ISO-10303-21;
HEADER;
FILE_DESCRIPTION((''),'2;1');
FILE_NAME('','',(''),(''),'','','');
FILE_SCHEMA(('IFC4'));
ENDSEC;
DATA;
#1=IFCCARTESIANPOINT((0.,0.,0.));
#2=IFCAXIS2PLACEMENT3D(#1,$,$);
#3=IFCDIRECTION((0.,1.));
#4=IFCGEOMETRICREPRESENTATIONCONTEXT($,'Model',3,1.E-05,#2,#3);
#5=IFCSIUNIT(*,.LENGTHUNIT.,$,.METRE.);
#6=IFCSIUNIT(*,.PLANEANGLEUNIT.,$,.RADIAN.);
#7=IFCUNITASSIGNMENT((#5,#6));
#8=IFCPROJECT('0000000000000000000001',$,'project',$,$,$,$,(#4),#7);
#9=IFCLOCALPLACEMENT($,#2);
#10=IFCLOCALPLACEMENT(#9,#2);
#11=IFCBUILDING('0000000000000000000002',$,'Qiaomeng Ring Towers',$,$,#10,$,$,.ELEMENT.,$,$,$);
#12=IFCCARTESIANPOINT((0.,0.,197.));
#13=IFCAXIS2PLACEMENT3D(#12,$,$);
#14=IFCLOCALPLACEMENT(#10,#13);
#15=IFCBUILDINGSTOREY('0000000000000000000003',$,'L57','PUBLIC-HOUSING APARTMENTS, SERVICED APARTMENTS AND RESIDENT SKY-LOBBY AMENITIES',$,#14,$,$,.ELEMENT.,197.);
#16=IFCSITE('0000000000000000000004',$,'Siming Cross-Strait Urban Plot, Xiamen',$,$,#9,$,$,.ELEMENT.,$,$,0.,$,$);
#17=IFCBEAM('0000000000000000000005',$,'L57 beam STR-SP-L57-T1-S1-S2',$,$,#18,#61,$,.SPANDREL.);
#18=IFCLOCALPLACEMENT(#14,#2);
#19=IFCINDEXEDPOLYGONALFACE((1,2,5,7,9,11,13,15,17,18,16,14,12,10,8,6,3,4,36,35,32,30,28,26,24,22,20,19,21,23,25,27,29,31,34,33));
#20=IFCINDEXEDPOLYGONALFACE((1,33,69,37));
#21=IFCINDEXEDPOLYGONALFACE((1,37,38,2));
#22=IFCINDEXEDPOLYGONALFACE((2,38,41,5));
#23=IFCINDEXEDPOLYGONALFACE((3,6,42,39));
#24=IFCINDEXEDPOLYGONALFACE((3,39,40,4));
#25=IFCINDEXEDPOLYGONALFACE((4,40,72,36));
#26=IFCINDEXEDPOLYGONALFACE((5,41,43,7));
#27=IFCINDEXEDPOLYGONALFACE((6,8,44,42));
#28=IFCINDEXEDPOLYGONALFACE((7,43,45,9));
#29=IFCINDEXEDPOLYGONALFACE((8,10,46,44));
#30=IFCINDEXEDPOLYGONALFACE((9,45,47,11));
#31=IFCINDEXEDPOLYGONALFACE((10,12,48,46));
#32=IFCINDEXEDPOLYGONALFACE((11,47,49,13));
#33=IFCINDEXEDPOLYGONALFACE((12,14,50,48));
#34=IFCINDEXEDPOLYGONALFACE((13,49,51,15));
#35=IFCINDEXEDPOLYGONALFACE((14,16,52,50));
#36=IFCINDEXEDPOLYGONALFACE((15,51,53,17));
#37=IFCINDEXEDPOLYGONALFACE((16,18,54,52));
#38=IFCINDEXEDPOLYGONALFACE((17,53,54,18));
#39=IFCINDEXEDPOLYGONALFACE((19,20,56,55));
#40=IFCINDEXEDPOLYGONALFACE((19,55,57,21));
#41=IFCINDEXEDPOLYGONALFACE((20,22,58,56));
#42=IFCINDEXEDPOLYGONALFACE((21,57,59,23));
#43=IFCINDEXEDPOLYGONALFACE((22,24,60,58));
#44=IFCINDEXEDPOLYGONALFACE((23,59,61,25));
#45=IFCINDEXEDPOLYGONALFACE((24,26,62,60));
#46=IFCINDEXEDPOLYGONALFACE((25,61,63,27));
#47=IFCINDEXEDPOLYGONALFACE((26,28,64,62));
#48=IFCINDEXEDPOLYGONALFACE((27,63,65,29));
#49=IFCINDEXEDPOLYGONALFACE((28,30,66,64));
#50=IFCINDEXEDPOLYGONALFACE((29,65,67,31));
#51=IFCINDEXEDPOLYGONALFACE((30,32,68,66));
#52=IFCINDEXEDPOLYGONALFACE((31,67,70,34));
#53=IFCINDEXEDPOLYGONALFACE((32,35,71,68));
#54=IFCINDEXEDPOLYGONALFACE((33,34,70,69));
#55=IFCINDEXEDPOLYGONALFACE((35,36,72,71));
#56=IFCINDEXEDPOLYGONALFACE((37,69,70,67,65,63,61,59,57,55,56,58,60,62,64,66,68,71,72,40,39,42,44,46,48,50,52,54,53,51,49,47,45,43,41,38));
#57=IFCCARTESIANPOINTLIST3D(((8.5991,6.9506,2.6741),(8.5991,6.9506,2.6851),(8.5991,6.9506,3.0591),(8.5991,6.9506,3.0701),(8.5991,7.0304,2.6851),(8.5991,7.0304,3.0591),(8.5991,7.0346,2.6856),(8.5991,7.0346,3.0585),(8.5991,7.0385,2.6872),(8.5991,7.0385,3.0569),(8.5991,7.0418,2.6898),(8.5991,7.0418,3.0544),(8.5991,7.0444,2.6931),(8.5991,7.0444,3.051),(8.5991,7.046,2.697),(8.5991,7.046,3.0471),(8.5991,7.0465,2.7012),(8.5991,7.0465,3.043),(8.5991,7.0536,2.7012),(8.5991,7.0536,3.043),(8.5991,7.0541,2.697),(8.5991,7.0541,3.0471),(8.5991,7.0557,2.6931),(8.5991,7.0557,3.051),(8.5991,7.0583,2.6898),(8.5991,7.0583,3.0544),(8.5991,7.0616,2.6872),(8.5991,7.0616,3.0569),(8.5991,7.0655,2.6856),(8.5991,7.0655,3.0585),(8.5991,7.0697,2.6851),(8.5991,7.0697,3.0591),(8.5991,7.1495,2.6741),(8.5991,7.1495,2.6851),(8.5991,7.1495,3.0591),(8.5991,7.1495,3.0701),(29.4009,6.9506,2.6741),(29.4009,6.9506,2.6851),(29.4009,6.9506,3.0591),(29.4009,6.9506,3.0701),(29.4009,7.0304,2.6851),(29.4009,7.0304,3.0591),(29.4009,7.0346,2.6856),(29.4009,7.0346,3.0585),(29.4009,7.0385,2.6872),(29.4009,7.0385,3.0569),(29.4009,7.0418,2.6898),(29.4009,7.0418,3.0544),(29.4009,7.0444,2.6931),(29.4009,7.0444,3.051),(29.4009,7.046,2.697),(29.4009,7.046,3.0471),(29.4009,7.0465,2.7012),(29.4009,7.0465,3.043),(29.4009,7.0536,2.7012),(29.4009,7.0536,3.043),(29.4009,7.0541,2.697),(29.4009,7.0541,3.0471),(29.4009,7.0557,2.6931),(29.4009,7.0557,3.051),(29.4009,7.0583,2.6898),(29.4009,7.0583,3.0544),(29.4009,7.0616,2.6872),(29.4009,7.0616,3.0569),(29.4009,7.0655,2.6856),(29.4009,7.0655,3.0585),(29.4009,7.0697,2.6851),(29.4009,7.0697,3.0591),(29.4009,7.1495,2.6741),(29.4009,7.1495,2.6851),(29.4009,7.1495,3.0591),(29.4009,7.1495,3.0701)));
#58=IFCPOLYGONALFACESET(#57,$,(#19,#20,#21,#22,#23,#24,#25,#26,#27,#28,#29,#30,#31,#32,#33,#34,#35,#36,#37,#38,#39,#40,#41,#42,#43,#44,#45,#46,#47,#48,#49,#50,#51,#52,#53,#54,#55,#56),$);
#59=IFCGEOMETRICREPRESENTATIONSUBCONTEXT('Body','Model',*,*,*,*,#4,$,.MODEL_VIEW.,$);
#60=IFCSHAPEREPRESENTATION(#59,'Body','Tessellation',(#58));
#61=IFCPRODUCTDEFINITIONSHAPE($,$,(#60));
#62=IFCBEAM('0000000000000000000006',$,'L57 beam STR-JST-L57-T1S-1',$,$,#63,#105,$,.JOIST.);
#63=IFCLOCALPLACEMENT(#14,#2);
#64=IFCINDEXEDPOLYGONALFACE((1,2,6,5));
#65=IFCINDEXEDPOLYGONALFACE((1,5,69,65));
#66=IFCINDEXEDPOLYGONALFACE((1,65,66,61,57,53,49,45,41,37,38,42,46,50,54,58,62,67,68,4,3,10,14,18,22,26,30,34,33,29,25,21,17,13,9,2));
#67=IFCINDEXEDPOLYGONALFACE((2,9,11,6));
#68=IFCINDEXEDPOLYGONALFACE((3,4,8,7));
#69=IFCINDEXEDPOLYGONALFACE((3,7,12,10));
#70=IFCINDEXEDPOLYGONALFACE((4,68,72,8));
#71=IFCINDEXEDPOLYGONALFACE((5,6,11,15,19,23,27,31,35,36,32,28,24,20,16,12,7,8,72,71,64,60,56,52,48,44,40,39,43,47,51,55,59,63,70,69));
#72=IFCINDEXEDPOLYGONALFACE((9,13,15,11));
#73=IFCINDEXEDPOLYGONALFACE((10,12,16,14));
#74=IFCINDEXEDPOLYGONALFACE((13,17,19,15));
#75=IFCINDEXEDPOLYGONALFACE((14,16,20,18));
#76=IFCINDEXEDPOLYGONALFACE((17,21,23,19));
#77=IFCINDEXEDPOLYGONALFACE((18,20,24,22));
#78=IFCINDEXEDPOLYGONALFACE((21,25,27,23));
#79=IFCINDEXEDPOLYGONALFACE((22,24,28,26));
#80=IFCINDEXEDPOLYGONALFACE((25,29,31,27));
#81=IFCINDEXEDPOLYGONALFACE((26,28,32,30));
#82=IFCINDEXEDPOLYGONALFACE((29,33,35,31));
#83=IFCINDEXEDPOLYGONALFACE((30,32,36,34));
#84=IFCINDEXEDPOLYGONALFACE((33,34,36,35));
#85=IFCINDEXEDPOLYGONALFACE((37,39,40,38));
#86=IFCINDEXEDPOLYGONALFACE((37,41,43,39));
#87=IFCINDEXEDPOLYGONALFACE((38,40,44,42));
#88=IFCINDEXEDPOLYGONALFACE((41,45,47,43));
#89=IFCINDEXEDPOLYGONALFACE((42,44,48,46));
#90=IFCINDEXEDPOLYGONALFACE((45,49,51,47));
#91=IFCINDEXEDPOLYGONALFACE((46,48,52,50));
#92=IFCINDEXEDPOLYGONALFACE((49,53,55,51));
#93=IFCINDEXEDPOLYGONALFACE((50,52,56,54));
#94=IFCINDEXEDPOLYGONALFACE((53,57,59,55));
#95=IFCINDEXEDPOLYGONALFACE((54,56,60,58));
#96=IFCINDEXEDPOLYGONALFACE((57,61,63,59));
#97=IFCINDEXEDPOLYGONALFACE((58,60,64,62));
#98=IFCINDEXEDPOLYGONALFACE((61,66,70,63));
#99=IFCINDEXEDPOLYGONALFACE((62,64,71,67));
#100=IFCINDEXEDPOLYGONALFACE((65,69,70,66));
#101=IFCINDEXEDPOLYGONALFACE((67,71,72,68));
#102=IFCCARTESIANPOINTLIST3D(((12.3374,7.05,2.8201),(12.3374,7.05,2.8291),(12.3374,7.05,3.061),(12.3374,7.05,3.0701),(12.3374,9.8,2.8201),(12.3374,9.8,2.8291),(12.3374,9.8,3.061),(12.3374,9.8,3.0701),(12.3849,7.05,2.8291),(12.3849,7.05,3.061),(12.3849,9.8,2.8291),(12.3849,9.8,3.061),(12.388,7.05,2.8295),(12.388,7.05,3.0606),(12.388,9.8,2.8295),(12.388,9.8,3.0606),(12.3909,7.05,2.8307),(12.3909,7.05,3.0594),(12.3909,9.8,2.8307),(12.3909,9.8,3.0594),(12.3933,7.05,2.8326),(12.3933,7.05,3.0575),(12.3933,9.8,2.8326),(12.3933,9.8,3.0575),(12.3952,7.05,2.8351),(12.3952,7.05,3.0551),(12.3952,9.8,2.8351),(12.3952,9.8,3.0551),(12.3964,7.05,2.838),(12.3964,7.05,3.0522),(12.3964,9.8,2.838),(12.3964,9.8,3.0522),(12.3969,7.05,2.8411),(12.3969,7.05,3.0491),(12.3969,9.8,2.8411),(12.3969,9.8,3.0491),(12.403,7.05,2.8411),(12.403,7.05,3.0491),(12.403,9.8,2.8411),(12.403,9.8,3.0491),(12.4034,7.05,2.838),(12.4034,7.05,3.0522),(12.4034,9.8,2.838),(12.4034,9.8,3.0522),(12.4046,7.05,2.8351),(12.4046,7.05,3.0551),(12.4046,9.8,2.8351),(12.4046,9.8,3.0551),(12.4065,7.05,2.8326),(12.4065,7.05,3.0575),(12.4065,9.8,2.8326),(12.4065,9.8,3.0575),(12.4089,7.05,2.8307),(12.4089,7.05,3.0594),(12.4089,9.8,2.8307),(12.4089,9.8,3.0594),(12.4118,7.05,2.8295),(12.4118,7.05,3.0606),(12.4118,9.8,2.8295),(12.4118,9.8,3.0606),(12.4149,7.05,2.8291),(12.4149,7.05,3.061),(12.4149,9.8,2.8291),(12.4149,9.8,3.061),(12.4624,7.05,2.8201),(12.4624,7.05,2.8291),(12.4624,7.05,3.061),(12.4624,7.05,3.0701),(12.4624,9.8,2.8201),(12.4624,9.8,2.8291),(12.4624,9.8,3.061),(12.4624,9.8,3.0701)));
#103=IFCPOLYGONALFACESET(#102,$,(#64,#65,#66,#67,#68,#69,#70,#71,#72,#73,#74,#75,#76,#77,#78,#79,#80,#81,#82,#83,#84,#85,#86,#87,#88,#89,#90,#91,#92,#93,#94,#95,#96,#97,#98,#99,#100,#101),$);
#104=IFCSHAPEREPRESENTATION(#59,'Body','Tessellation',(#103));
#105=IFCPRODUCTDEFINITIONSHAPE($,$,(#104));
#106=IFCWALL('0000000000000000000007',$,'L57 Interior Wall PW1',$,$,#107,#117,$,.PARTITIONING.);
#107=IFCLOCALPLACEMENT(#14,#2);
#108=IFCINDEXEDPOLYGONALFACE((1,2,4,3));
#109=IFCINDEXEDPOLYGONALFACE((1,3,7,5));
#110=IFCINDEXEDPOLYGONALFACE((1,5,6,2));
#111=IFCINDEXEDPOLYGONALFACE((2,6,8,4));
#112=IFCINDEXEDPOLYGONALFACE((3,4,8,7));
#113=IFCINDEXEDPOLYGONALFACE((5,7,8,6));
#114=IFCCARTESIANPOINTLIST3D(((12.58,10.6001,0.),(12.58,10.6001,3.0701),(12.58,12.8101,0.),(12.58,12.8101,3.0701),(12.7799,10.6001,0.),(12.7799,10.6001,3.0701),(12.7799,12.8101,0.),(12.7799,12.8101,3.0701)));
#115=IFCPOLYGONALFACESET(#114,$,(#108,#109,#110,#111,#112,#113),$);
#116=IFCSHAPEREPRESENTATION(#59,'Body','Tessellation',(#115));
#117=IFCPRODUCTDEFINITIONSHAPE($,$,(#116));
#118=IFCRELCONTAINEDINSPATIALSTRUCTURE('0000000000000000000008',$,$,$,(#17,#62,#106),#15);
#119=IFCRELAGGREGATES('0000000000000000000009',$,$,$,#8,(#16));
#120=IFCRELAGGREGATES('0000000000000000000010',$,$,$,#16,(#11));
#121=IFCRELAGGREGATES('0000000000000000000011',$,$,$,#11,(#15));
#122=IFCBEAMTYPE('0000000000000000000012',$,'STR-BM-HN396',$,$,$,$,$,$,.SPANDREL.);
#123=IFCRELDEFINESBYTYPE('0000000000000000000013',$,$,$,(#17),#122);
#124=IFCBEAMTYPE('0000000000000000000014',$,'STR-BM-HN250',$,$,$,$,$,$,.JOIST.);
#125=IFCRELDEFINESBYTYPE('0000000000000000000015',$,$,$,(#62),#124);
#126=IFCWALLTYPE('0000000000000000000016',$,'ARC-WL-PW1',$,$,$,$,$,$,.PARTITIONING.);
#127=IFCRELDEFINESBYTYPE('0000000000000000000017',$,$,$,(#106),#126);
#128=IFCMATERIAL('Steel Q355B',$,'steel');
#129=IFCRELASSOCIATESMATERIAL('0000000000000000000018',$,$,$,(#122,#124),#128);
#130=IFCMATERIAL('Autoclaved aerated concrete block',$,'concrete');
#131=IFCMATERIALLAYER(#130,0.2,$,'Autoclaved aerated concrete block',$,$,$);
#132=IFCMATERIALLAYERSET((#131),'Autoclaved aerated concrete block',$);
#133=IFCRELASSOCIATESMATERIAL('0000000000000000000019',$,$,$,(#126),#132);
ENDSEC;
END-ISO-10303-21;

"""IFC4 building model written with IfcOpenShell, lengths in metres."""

from ifc_helpers import new_model, si_unit, direction, frame, frame_2d, origin, origin_2d, place, context, subcontext, project, spatial, rectangle, i_section, extrude, source, transform, mapped, material, layer, layer_set, material_profile, profile_set, type_object, element, save


model = new_model("IFC4")

# Units and contexts
model_context = context("Model", 3, precision=1e-05, world=origin(), true_north=direction((0.0, 1.0)))
body_context = subcontext(model_context, "Body", "Model", "MODEL_VIEW")
ifc_project = project(units=[si_unit("LENGTHUNIT", "METRE"), si_unit("PLANEANGLEUNIT", "RADIAN")], contexts=[model_context])

# Site, building, storey
site_placement = place(None, origin())
site = spatial("IfcSite", under=ifc_project, at=site_placement, Name="Siming Cross-Strait Urban Plot, Xiamen", CompositionType="ELEMENT", RefElevation=0.0)
building_placement = place(site_placement, origin())
building = spatial("IfcBuilding", under=site, at=building_placement, Name="Qiaomeng Ring Towers", CompositionType="ELEMENT")
storey_placement = place(building_placement, frame((0.0, 0.0, 197.0)))
storey = spatial("IfcBuildingStorey", under=building, at=storey_placement, Name="L57", Description="PUBLIC-HOUSING APARTMENTS, SERVICED APARTMENTS AND RESIDENT SKY-LOBBY AMENITIES", CompositionType="ELEMENT", Elevation=197.0)

# Beams
ifc_material_1 = material(Name="Steel Q355B", Category="steel")
ifc_material_profile_1 = material_profile(ifc_material_1, i_section(OverallWidth=0.199, OverallDepth=0.396, WebThickness=0.0071, FlangeThickness=0.011, FilletRadius=0.0161, at=origin_2d()), Name="HN 396x199x7x11")
ifc_profile_set_1 = profile_set([ifc_material_profile_1], Name="Steel Q355B")
beam_type_1 = type_object("IfcBeamType", Name="STR-BM-HN396", PredefinedType="SPANDREL", material=ifc_profile_set_1)
shared_shape_1 = source(origin(), body_context, "Body", "SweptSolid", [
    extrude(i_section(OverallWidth=0.199, OverallDepth=0.396, WebThickness=0.0071, FlangeThickness=0.011, FilletRadius=0.0161, at=origin_2d()), origin(), (0.0, 0.0, 1.0), 20.8018),
])
beam_1_placement = place(storey_placement, frame((8.5991, 7.05, 2.8721), z_axis=(1.0, 0.0, 0.0), x_axis=(0.0, 1.0, 0.0)))
element("IfcBeam", 1, at=beam_1_placement, inside=storey, type_object=beam_type_1, Name="L57 beam STR-SP-L57-T1-S1-S2", PredefinedType="SPANDREL", context=body_context, shape_type="MappedRepresentation", body=[
    mapped(shared_shape_1, transform((0.0, 0.0, 0.0), x_axis=(1.0, 0.0, 0.0), y_axis=(0.0, 1.0, 0.0), z_axis=(0.0, 0.0, 1.0), scale=1.0)),
])
ifc_material_profile_2 = material_profile(ifc_material_1, i_section(OverallWidth=0.125, OverallDepth=0.25, WebThickness=0.0061, FlangeThickness=0.009, FilletRadius=0.012, at=origin_2d()), Name="HN 250x125x6x9")
ifc_profile_set_2 = profile_set([ifc_material_profile_2], Name="Steel Q355B")
beam_type_2 = type_object("IfcBeamType", Name="STR-BM-HN250", PredefinedType="JOIST", material=ifc_profile_set_2)
shared_shape_2 = source(origin(), body_context, "Body", "SweptSolid", [
    extrude(i_section(OverallWidth=0.125, OverallDepth=0.25, WebThickness=0.0061, FlangeThickness=0.009, FilletRadius=0.012, at=origin_2d()), origin(), (0.0, 0.0, 1.0), 2.75),
])
beam_2_placement = place(storey_placement, frame((12.3999, 7.05, 2.9451), z_axis=(0.0, 1.0, 0.0), x_axis=(-1.0, 0.0, 0.0)))
element("IfcBeam", 2, at=beam_2_placement, inside=storey, type_object=beam_type_2, Name="L57 beam STR-JST-L57-T1S-1", PredefinedType="JOIST", context=body_context, shape_type="MappedRepresentation", body=[
    mapped(shared_shape_2, transform((0.0, 0.0, 0.0), x_axis=(1.0, 0.0, 0.0), y_axis=(0.0, 1.0, 0.0), z_axis=(0.0, 0.0, 1.0), scale=1.0)),
])

# Wall
ifc_material_2 = material(Name="Autoclaved aerated concrete block", Category="concrete")
ifc_layer_1 = layer(ifc_material_2, 0.2, Name="Autoclaved aerated concrete block")
ifc_layer_set_1 = layer_set([ifc_layer_1], Name="Autoclaved aerated concrete block")
wall_type_1 = type_object("IfcWallType", Name="ARC-WL-PW1", PredefinedType="PARTITIONING", material=ifc_layer_set_1)
wall_1_placement = place(storey_placement, frame((12.6799, 10.6001, 0.0), z_axis=(0.0, 0.0, 1.0), x_axis=(0.0, 1.0, 0.0)))
element("IfcWall", 3, at=wall_1_placement, inside=storey, type_object=wall_type_1, Name="L57 Interior Wall PW1", PredefinedType="PARTITIONING", context=body_context, shape_type="SweptSolid", body=[
    extrude(rectangle(XDim=2.21, YDim=0.2, at=frame_2d((1.105, 0.0))), origin(), (0.0, 0.0, 1.0), 3.0701),
])

save(model, "model.ifc")
